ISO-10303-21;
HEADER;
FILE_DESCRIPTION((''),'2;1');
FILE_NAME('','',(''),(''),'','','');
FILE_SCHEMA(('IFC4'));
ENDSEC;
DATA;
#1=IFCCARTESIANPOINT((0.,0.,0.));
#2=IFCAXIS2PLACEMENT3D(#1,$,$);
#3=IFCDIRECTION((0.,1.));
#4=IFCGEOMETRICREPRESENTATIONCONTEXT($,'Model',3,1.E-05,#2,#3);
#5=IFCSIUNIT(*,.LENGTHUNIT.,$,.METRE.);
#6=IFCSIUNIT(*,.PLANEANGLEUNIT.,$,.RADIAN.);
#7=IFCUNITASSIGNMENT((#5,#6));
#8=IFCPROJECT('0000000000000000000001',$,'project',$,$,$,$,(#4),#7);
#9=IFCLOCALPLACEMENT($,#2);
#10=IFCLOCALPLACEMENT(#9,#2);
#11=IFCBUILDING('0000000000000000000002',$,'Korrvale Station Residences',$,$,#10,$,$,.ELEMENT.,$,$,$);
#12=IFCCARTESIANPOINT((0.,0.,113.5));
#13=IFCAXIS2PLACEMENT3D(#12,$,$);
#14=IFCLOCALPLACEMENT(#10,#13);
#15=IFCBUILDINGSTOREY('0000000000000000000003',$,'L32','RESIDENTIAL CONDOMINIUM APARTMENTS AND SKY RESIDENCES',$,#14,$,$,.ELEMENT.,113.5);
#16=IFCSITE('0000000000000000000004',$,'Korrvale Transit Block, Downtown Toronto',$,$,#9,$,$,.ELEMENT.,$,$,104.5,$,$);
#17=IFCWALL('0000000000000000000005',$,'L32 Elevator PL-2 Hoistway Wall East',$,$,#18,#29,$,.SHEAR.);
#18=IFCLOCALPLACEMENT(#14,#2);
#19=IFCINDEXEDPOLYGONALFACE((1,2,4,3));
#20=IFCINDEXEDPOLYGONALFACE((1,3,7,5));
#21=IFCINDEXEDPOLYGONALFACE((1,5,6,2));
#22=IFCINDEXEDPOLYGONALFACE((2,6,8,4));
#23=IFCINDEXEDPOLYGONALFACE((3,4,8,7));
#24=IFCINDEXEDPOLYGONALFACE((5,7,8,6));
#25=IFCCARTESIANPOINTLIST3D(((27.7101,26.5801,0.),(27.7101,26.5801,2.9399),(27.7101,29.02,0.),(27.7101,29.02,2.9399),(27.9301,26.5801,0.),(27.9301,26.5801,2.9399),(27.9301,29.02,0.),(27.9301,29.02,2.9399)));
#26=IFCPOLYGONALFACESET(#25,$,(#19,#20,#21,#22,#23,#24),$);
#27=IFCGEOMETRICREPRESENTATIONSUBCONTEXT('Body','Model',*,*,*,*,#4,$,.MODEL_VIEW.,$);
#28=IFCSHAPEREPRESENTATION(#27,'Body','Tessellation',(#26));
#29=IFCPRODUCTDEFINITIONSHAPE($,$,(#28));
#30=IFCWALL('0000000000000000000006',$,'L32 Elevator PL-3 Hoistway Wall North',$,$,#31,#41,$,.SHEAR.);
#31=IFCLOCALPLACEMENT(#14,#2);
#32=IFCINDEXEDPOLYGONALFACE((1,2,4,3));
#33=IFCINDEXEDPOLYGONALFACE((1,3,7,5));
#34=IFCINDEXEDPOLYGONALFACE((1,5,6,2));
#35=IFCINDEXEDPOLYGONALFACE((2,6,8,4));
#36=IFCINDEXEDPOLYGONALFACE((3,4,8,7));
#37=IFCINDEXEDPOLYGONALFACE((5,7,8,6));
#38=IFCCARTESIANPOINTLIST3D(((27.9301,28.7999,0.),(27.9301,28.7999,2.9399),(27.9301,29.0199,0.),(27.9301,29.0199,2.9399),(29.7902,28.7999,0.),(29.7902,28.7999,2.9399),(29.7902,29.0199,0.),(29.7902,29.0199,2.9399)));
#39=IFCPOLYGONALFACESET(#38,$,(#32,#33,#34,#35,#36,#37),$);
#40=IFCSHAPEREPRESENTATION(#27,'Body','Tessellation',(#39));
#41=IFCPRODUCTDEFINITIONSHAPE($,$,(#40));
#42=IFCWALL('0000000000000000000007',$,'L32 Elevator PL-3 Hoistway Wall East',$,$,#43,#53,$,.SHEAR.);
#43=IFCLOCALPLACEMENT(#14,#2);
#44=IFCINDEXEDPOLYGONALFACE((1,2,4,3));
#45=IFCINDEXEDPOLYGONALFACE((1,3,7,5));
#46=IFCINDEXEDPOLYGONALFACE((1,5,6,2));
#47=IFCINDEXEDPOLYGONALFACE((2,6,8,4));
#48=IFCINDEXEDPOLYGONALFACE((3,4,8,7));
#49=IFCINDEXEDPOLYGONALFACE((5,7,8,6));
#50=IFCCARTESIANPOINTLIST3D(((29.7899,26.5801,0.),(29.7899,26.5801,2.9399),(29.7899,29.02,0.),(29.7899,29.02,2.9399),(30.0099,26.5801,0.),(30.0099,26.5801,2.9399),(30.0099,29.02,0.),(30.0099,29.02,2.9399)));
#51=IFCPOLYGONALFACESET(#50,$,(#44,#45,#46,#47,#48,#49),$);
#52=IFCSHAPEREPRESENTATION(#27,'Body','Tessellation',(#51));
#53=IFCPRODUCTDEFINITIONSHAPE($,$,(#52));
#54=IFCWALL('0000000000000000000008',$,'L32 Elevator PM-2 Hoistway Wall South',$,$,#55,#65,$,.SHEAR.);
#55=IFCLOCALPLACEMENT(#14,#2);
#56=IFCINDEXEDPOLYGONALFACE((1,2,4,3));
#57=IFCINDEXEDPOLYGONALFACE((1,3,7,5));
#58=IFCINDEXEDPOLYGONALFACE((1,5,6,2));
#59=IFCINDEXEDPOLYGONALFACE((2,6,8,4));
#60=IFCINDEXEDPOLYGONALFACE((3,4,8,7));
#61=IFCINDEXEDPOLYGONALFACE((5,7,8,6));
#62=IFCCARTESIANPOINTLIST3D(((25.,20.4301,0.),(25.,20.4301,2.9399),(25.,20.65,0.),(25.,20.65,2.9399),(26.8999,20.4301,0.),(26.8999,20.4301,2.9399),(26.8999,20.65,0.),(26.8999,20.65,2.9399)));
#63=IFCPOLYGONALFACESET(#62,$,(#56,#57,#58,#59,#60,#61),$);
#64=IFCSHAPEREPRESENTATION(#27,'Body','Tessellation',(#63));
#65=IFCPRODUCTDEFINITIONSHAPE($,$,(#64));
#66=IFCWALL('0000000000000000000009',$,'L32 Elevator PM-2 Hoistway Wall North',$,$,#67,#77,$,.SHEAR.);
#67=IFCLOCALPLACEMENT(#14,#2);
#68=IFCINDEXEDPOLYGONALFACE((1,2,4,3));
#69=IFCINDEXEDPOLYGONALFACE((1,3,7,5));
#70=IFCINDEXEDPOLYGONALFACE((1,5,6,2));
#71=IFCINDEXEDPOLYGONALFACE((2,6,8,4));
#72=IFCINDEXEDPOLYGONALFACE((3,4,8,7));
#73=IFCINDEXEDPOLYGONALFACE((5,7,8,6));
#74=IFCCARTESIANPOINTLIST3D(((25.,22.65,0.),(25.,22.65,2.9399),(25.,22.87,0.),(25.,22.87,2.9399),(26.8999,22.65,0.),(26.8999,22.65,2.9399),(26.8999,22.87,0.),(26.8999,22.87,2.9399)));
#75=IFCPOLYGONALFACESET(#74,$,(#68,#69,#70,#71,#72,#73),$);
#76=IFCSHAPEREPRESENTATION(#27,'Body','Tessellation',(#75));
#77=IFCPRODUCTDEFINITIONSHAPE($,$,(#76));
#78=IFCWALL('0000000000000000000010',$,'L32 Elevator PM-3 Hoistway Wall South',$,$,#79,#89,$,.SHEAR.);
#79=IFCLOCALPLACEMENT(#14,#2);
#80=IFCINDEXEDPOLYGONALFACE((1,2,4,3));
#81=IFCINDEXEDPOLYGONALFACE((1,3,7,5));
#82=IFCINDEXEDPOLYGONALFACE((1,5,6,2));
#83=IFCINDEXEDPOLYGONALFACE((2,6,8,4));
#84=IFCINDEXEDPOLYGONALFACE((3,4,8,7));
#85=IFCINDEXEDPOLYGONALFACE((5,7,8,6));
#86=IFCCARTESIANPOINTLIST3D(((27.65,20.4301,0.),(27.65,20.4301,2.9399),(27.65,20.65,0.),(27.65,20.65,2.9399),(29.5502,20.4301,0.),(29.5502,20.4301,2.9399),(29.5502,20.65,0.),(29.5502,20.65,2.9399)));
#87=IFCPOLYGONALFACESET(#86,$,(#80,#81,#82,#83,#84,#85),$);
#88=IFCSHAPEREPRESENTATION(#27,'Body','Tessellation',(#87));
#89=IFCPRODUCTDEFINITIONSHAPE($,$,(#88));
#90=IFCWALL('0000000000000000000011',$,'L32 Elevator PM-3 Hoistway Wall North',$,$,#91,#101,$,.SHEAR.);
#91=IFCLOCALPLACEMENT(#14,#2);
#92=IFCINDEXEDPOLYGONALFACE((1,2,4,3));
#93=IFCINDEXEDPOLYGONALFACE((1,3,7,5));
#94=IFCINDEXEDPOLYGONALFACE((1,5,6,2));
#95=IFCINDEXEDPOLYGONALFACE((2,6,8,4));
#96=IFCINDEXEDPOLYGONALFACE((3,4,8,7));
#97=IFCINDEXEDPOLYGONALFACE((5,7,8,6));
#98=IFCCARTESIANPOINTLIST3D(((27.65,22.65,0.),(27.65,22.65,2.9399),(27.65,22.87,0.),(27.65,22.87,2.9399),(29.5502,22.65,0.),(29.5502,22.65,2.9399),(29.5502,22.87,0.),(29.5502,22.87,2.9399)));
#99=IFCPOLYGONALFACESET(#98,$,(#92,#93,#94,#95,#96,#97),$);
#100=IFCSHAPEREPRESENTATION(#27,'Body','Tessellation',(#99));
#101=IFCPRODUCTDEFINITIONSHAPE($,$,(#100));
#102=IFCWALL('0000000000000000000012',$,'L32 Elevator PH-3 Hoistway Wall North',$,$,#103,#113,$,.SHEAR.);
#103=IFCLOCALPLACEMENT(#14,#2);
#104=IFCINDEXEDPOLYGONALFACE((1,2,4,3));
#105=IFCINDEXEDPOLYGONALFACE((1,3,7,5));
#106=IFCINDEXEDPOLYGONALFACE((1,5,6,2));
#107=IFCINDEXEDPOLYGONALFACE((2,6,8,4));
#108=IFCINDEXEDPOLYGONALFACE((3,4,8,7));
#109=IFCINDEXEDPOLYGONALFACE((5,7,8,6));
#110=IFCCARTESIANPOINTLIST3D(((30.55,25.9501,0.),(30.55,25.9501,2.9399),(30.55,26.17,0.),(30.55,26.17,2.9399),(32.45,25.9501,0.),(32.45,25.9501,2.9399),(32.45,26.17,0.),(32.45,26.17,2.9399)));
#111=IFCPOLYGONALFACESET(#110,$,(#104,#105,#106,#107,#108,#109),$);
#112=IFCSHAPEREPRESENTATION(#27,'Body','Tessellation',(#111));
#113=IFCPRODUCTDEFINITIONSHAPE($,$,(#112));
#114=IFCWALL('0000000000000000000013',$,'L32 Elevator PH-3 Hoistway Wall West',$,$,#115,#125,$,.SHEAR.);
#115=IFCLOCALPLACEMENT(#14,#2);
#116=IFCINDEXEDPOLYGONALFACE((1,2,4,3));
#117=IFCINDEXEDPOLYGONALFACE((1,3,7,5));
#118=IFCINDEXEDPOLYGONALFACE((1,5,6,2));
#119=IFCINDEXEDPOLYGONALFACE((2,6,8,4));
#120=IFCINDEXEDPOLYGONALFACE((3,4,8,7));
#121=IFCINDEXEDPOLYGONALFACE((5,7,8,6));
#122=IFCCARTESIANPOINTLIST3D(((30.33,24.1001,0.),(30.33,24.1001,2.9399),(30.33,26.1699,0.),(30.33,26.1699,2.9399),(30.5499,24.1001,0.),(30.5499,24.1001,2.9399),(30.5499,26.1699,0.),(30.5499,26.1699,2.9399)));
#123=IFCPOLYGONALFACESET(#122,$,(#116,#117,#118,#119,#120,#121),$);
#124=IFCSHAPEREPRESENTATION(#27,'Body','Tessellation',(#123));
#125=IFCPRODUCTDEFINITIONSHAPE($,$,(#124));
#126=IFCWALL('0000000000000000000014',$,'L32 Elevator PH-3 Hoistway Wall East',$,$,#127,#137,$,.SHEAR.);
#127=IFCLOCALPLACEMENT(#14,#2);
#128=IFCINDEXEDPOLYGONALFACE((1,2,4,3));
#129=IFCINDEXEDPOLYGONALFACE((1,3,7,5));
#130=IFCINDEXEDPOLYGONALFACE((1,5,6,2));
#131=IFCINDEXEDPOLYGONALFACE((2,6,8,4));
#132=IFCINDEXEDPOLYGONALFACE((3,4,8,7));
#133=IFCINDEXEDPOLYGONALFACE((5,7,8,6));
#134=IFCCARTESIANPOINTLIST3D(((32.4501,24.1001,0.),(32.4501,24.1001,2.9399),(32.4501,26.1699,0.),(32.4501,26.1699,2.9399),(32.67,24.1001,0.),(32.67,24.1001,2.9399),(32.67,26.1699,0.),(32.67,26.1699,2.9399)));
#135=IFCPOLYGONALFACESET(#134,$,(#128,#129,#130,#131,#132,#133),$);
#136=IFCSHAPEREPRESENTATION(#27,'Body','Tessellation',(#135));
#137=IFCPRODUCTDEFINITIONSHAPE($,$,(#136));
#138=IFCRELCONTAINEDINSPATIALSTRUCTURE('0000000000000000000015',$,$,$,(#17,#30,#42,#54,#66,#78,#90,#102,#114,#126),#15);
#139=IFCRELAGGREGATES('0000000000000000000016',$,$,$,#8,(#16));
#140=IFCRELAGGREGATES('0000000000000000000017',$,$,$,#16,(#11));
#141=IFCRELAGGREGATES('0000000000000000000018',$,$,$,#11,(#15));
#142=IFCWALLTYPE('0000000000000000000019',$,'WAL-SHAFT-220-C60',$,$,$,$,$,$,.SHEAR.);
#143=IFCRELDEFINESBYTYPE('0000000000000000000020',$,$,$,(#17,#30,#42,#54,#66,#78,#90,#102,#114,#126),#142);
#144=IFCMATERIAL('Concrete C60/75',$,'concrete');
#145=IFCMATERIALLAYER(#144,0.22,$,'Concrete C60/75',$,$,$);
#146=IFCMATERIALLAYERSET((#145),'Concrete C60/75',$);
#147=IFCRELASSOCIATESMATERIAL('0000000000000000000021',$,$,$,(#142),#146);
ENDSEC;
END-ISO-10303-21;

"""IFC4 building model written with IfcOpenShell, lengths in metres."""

from ifc_helpers import new_model, si_unit, direction, frame, frame_2d, origin, place, context, subcontext, project, spatial, rectangle, extrude, material, layer, layer_set, type_object, element, save


model = new_model("IFC4")

# Units and contexts
model_context = context("Model", 3, precision=1e-05, world=origin(), true_north=direction((0.0, 1.0)))
body_context = subcontext(model_context, "Body", "Model", "MODEL_VIEW")
ifc_project = project(units=[si_unit("LENGTHUNIT", "METRE"), si_unit("PLANEANGLEUNIT", "RADIAN")], contexts=[model_context])

# Site, building, storey
site_placement = place(None, origin())
site = spatial("IfcSite", under=ifc_project, at=site_placement, Name="Korrvale Transit Block, Downtown Toronto", CompositionType="ELEMENT", RefElevation=104.5)
building_placement = place(site_placement, origin())
building = spatial("IfcBuilding", under=site, at=building_placement, Name="Korrvale Station Residences", CompositionType="ELEMENT")
storey_placement = place(building_placement, frame((0.0, 0.0, 113.5)))
storey = spatial("IfcBuildingStorey", under=building, at=storey_placement, Name="L32", Description="RESIDENTIAL CONDOMINIUM APARTMENTS AND SKY RESIDENCES", CompositionType="ELEMENT", Elevation=113.5)

# Shared definitions
ifc_material_1 = material(Name="Concrete C60/75", Category="concrete")

# Shared definitions
ifc_layer_1 = layer(ifc_material_1, 0.22, Name="Concrete C60/75")
ifc_layer_set_1 = layer_set([ifc_layer_1], Name="Concrete C60/75")
wall_type_1 = type_object("IfcWallType", Name="WAL-SHAFT-220-C60", PredefinedType="SHEAR", material=ifc_layer_set_1)

# Wall
for number, where, z_axis, x_axis, name in (
    (1, (27.8201, 26.5801, 0.0), (0.0, 0.0, 1.0), (0.0, 1.0, 0.0), "L32 Elevator PL-2 Hoistway Wall East"),
):
    element("IfcWall", number, at=place(storey_placement, frame(where, z_axis=z_axis, x_axis=x_axis)), inside=storey, type_object=wall_type_1, Name=name, PredefinedType="SHEAR", context=body_context, shape_type="SweptSolid", body=[
        extrude(rectangle(XDim=2.4399, YDim=0.22, at=frame_2d((1.22, 0.0))), origin(), (0.0, 0.0, 1.0), 2.9399),
    ])

# Walls
wall_1_placement = place(storey_placement, frame((27.9299, 28.9099, 0.0), z_axis=(0.0, 0.0, 1.0), x_axis=(1.0, 0.0, 0.0)))
element("IfcWall", 2, at=wall_1_placement, inside=storey, type_object=wall_type_1, Name="L32 Elevator PL-3 Hoistway Wall North", PredefinedType="SHEAR", context=body_context, shape_type="SweptSolid", body=[
    extrude(rectangle(XDim=1.8601, YDim=0.22, at=frame_2d((0.9302, 0.0))), origin(), (0.0, 0.0, 1.0), 2.9399),
])
wall_2_placement = place(storey_placement, frame((29.8999, 26.5801, 0.0), z_axis=(0.0, 0.0, 1.0), x_axis=(0.0, 1.0, 0.0)))
element("IfcWall", 3, at=wall_2_placement, inside=storey, type_object=wall_type_1, Name="L32 Elevator PL-3 Hoistway Wall East", PredefinedType="SHEAR", context=body_context, shape_type="SweptSolid", body=[
    extrude(rectangle(XDim=2.4399, YDim=0.22, at=frame_2d((1.22, 0.0))), origin(), (0.0, 0.0, 1.0), 2.9399),
])
for number, where, z_axis, x_axis, name in (
    (4, (25.0, 20.54, 0.0), (0.0, 0.0, 1.0), (1.0, 0.0, 0.0), "L32 Elevator PM-2 Hoistway Wall South"),
    (5, (25.0, 22.76, 0.0), (0.0, 0.0, 1.0), (1.0, 0.0, 0.0), "L32 Elevator PM-2 Hoistway Wall North"),
):
    element("IfcWall", number, at=place(storey_placement, frame(where, z_axis=z_axis, x_axis=x_axis)), inside=storey, type_object=wall_type_1, Name=name, PredefinedType="SHEAR", context=body_context, shape_type="SweptSolid", body=[
        extrude(rectangle(XDim=1.8999, YDim=0.22, at=frame_2d((0.95, 0.0))), origin(), (0.0, 0.0, 1.0), 2.9399),
    ])
for number, where, z_axis, x_axis, name in (
    (6, (27.6499, 20.54, 0.0), (0.0, 0.0, 1.0), (1.0, 0.0, 0.0), "L32 Elevator PM-3 Hoistway Wall South"),
    (7, (27.6499, 22.76, 0.0), (0.0, 0.0, 1.0), (1.0, 0.0, 0.0), "L32 Elevator PM-3 Hoistway Wall North"),
):
    element("IfcWall", number, at=place(storey_placement, frame(where, z_axis=z_axis, x_axis=x_axis)), inside=storey, type_object=wall_type_1, Name=name, PredefinedType="SHEAR", context=body_context, shape_type="SweptSolid", body=[
        extrude(rectangle(XDim=1.9001, YDim=0.22, at=frame_2d((0.9502, 0.0))), origin(), (0.0, 0.0, 1.0), 2.9399),
    ])
wall_3_placement = place(storey_placement, frame((30.55, 26.0601, 0.0), z_axis=(0.0, 0.0, 1.0), x_axis=(1.0, 0.0, 0.0)))
element("IfcWall", 8, at=wall_3_placement, inside=storey, type_object=wall_type_1, Name="L32 Elevator PH-3 Hoistway Wall North", PredefinedType="SHEAR", context=body_context, shape_type="SweptSolid", body=[
    extrude(rectangle(XDim=1.8999, YDim=0.22, at=frame_2d((0.95, 0.0))), origin(), (0.0, 0.0, 1.0), 2.9399),
])
for number, where, z_axis, x_axis, name in (
    (9, (30.4399, 24.1001, 0.0), (0.0, 0.0, 1.0), (0.0, 1.0, 0.0), "L32 Elevator PH-3 Hoistway Wall West"),
    (10, (32.5601, 24.1001, 0.0), (0.0, 0.0, 1.0), (0.0, 1.0, 0.0), "L32 Elevator PH-3 Hoistway Wall East"),
):
    element("IfcWall", number, at=place(storey_placement, frame(where, z_axis=z_axis, x_axis=x_axis)), inside=storey, type_object=wall_type_1, Name=name, PredefinedType="SHEAR", context=body_context, shape_type="SweptSolid", body=[
        extrude(rectangle(XDim=2.0698, YDim=0.22, at=frame_2d((1.0349, 0.0))), origin(), (0.0, 0.0, 1.0), 2.9399),
    ])

save(model, "model.ifc")
